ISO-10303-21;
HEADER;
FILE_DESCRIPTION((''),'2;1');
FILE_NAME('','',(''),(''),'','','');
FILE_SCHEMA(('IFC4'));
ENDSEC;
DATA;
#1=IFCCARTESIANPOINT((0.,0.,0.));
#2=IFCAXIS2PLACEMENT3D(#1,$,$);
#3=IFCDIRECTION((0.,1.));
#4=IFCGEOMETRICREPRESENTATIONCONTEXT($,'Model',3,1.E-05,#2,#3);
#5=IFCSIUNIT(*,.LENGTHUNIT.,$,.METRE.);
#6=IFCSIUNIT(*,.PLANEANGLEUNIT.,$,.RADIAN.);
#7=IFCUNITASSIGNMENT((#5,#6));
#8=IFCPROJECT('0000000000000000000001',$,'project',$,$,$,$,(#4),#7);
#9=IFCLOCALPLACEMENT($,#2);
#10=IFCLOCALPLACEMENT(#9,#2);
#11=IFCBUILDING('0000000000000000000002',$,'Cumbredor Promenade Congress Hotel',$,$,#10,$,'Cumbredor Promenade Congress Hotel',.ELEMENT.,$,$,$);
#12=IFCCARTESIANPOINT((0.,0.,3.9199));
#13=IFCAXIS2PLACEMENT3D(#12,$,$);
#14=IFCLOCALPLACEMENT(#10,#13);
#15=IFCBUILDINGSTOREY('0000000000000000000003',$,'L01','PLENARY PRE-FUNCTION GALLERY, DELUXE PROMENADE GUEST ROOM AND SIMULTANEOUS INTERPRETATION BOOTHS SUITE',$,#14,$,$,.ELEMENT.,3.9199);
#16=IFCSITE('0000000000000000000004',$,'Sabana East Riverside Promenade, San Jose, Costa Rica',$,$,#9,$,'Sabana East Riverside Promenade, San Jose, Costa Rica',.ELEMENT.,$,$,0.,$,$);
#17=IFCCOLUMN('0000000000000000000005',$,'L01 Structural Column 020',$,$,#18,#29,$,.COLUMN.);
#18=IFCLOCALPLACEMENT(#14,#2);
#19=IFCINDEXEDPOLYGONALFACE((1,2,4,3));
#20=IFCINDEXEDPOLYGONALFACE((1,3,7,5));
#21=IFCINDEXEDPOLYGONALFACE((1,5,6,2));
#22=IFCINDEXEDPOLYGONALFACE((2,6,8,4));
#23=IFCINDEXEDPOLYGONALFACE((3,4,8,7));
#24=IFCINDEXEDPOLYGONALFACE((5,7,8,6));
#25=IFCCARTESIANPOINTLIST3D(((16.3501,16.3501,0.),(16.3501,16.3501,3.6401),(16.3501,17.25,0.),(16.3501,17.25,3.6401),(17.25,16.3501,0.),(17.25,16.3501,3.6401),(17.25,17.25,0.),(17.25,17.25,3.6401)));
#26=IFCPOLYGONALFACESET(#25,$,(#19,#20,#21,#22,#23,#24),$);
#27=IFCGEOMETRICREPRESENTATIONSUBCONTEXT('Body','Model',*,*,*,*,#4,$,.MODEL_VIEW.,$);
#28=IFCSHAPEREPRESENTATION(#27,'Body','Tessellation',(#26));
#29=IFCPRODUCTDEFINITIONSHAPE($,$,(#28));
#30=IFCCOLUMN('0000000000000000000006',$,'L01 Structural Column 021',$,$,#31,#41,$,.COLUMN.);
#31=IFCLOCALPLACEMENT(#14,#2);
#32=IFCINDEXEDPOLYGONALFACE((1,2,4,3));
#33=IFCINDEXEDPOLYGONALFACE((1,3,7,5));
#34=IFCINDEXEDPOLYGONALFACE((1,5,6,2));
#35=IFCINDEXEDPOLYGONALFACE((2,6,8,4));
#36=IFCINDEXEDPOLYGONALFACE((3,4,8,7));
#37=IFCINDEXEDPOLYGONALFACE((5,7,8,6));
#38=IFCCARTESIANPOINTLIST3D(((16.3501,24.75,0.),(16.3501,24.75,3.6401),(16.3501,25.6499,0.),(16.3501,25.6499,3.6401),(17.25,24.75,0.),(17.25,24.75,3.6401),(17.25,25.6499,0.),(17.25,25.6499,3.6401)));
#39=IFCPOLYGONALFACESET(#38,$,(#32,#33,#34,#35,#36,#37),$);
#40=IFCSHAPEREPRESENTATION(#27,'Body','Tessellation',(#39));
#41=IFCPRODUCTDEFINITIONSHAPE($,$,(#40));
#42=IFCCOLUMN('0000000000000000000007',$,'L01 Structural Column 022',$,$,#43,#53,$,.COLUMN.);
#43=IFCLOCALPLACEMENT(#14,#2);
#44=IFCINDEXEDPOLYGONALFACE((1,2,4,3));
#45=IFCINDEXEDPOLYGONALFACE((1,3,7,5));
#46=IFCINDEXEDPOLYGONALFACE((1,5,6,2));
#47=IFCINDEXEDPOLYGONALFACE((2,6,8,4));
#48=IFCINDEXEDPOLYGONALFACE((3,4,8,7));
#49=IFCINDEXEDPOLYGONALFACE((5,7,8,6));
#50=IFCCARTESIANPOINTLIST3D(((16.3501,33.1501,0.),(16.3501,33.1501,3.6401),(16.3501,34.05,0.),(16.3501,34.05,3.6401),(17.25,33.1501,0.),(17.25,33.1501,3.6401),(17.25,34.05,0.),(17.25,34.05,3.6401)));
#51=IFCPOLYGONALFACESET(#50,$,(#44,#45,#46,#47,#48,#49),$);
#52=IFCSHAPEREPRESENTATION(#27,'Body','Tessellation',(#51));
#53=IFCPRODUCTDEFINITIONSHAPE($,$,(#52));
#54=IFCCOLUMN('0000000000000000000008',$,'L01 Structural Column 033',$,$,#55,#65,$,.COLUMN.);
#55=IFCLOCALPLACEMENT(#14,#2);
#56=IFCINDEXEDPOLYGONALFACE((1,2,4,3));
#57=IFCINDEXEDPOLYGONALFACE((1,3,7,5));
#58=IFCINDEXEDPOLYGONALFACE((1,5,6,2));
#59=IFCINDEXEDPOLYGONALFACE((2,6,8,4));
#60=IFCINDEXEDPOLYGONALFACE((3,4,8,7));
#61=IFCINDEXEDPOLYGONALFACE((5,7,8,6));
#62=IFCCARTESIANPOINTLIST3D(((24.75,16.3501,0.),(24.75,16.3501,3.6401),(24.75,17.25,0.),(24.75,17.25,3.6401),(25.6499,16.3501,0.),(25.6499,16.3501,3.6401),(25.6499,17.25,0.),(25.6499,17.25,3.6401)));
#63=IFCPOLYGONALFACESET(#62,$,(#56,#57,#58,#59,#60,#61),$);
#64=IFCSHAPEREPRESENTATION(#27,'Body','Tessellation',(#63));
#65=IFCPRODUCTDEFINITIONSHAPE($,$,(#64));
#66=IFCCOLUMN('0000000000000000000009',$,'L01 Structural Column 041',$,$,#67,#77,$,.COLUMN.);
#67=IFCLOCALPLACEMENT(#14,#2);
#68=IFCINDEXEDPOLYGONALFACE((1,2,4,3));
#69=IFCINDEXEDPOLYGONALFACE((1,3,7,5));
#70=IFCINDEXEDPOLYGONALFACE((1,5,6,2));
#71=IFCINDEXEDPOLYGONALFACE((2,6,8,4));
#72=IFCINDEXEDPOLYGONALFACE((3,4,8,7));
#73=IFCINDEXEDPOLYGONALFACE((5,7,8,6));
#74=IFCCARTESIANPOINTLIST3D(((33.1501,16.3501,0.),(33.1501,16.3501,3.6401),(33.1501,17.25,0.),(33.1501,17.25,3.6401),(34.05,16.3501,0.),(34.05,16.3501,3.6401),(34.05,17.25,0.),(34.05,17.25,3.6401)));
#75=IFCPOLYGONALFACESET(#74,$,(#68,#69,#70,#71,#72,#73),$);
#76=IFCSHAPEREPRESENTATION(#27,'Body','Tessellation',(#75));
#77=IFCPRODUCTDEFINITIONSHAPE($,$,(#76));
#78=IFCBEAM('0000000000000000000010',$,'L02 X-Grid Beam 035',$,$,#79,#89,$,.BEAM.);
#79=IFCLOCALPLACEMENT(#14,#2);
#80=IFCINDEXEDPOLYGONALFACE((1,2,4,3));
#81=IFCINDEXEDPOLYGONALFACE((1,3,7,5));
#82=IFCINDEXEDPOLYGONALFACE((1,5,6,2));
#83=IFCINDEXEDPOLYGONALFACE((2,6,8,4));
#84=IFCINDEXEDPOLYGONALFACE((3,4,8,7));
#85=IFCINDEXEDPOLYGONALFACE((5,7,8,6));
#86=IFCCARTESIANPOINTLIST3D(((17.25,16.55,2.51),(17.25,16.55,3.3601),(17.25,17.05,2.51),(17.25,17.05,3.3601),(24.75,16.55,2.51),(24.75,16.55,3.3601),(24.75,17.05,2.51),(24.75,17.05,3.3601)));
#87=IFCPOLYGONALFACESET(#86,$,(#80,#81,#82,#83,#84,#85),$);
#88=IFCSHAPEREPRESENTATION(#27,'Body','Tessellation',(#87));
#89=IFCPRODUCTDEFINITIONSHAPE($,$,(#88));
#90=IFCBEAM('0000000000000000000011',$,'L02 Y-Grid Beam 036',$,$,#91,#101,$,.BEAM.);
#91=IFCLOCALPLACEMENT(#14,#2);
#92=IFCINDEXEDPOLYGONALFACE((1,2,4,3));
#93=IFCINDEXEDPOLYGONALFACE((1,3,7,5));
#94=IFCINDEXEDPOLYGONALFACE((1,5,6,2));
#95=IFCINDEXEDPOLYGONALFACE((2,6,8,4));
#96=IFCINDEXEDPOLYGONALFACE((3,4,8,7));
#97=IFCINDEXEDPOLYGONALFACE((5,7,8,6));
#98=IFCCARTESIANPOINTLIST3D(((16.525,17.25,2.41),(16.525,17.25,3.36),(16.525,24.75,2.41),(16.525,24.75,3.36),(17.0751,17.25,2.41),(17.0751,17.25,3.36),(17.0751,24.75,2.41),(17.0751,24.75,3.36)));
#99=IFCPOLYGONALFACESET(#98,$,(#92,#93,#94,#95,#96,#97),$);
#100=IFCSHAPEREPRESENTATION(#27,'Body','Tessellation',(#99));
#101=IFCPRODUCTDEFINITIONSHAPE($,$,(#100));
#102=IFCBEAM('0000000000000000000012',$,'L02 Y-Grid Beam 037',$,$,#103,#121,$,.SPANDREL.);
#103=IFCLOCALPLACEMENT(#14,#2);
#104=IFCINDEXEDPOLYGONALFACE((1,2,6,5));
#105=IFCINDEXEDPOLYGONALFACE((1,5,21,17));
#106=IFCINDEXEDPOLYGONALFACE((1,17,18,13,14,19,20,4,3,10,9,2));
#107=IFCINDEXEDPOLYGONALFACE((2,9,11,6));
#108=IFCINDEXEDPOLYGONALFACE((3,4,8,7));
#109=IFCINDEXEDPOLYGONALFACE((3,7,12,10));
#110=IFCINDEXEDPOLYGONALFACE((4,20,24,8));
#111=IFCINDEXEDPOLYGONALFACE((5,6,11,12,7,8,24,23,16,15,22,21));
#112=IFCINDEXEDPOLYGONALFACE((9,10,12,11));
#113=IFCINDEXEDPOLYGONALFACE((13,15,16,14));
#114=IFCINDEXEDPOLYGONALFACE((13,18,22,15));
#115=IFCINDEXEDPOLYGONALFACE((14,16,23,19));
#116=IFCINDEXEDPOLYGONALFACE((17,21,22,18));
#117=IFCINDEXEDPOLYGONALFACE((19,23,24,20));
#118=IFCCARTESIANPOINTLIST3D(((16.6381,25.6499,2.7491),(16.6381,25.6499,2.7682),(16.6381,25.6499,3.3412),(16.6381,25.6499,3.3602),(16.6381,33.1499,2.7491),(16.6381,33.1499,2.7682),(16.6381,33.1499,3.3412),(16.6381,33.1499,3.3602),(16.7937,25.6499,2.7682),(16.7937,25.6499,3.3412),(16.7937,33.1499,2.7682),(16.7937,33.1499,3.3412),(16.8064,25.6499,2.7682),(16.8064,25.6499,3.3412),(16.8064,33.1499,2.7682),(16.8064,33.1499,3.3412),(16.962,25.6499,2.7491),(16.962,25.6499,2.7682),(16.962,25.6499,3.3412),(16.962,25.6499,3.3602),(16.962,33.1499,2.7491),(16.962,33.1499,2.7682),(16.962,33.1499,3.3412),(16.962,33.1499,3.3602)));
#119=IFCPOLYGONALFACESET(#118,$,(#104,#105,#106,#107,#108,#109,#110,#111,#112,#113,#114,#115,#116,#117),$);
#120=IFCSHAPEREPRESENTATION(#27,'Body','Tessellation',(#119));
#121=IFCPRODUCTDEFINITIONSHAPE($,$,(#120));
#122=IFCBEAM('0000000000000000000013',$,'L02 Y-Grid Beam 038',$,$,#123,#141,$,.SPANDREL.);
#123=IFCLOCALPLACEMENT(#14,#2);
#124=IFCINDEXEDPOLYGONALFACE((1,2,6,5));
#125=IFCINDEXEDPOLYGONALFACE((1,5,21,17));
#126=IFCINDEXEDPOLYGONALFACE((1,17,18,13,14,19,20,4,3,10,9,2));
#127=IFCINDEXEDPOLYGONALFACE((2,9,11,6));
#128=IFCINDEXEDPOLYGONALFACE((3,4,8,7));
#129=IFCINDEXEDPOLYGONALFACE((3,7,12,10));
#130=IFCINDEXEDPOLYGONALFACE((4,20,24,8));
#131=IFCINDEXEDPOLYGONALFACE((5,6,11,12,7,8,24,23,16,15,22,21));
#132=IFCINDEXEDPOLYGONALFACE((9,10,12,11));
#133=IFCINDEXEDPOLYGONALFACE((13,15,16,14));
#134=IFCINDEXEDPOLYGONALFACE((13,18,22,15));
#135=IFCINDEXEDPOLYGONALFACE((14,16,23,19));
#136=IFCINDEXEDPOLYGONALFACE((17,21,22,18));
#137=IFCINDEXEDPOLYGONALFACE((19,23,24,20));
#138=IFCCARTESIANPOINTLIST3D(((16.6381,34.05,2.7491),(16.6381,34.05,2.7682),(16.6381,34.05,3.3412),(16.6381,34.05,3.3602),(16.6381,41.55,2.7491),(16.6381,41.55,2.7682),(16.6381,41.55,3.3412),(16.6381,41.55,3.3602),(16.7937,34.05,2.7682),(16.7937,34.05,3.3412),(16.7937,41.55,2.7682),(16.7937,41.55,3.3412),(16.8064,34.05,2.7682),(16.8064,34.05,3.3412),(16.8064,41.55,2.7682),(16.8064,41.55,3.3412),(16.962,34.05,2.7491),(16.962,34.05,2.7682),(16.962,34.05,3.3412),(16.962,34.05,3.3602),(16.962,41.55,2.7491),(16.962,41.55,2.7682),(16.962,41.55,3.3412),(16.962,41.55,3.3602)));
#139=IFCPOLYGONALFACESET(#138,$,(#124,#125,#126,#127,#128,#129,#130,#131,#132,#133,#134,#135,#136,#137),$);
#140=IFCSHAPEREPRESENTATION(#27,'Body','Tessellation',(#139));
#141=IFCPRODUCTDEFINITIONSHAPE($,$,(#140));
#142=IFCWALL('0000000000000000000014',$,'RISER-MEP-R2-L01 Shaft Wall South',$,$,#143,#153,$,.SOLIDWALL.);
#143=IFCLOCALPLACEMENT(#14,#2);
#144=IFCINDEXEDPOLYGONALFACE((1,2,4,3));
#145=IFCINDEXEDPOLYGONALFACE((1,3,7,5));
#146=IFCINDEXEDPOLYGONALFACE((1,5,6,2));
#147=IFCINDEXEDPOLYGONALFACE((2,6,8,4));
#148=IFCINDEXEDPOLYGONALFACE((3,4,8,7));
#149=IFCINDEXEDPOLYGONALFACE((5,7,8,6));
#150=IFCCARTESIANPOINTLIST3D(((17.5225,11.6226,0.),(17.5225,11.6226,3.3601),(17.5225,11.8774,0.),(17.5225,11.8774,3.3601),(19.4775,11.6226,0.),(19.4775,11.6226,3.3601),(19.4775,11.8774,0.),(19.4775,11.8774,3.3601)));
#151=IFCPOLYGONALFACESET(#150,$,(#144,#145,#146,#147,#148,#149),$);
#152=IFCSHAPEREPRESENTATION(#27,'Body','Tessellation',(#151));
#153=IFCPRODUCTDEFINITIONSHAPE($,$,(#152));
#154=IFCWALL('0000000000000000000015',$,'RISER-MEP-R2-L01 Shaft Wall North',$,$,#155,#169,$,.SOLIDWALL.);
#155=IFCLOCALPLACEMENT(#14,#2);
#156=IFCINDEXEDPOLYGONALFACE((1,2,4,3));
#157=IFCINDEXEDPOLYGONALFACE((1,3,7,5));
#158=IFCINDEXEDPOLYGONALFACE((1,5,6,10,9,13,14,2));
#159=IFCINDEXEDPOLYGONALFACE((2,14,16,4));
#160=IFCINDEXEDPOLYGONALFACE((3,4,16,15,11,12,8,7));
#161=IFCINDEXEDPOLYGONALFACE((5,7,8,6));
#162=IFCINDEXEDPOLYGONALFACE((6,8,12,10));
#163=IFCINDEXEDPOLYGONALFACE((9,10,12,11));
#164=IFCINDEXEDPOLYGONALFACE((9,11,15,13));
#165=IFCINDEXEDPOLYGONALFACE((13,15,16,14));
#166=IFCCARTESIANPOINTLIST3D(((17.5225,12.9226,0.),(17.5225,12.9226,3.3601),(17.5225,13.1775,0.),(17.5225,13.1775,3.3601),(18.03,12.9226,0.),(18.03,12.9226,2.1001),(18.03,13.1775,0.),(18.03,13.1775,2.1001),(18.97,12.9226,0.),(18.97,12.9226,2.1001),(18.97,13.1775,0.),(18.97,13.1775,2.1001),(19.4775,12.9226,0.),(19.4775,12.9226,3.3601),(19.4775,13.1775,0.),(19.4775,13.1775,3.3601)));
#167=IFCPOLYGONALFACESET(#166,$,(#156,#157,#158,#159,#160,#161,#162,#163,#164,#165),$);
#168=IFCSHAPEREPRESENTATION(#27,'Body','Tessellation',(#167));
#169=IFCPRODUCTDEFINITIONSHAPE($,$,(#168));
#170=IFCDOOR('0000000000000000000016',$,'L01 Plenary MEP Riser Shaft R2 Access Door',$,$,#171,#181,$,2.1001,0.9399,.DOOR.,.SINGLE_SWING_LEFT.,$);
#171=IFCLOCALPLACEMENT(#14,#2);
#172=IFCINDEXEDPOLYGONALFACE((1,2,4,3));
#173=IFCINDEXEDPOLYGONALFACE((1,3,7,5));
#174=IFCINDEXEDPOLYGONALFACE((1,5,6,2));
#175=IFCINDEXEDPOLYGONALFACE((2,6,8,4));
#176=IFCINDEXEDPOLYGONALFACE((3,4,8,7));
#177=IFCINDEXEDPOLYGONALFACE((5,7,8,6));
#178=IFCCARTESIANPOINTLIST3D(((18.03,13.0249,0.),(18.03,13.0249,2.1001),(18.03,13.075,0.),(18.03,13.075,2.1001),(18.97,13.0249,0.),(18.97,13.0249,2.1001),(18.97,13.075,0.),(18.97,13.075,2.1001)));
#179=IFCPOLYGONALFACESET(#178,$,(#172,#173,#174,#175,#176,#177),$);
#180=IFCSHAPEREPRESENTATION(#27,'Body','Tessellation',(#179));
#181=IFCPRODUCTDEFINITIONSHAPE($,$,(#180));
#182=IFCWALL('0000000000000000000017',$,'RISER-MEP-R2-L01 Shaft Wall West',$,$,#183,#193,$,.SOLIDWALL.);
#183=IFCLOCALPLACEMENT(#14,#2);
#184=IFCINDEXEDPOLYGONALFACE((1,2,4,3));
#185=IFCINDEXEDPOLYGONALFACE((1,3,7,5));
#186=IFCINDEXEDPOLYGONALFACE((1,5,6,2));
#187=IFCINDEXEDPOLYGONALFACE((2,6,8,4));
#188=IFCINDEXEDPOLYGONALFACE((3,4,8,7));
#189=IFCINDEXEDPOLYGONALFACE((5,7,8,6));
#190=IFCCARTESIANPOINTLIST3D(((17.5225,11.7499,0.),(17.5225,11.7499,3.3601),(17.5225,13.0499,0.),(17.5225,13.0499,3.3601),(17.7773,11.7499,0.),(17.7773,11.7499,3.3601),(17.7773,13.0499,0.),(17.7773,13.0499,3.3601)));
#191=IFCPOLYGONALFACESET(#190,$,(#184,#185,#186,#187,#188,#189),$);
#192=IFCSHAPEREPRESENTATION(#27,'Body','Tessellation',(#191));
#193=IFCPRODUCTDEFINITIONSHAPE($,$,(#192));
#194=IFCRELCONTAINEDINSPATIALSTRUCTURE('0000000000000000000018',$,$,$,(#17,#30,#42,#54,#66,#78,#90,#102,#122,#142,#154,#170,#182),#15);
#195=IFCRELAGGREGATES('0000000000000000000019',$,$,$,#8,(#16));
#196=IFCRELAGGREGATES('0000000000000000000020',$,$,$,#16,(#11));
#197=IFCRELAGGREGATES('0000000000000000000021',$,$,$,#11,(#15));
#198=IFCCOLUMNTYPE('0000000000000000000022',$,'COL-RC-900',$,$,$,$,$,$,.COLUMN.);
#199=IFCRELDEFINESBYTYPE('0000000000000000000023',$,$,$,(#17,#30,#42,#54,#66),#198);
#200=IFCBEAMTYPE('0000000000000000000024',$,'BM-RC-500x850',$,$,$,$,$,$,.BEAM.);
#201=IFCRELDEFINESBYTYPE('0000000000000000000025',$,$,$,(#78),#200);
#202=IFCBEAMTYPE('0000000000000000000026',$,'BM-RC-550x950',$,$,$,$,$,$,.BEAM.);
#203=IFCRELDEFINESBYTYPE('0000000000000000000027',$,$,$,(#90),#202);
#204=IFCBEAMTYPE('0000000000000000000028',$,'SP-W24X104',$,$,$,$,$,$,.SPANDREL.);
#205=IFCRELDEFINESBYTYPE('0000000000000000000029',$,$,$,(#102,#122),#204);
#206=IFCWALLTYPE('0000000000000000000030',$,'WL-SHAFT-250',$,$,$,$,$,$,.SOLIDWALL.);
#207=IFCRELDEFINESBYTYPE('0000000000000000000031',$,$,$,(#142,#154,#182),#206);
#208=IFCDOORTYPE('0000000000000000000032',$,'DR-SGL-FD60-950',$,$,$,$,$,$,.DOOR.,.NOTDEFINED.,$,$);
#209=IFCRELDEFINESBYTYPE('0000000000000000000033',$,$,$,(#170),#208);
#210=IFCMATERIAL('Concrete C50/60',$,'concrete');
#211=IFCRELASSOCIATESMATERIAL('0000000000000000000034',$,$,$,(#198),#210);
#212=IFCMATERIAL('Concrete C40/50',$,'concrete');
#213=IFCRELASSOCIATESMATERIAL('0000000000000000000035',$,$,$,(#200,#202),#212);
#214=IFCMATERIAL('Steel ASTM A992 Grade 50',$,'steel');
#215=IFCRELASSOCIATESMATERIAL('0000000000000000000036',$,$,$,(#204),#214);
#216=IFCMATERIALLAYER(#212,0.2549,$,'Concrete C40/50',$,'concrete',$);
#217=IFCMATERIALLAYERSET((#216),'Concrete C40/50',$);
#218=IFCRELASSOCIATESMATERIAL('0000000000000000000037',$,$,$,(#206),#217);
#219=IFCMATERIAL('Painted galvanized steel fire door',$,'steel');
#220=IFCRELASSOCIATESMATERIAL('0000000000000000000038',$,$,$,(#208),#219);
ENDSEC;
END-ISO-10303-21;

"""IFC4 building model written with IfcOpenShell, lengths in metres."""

from ifc_helpers import new_model, si_unit, direction, frame, frame_2d, origin, origin_2d, place, context, subcontext, project, spatial, rectangle, i_section, extrude, material, layer, layer_set, material_profile, profile_set, type_object, element, fill, save


model = new_model("IFC4")

# Units and contexts
model_context = context("Model", 3, precision=1e-05, world=origin(), true_north=direction((0.0, 1.0)))
body_context = subcontext(model_context, "Body", "Model", "MODEL_VIEW")
ifc_project = project(units=[si_unit("LENGTHUNIT", "METRE"), si_unit("PLANEANGLEUNIT", "RADIAN")], contexts=[model_context])

# Site, building, storey
site_placement = place(None, origin())
site = spatial("IfcSite", under=ifc_project, at=site_placement, Name="Sabana East Riverside Promenade, San Jose, Costa Rica", LongName="Sabana East Riverside Promenade, San Jose, Costa Rica", CompositionType="ELEMENT", RefElevation=0.0)
building_placement = place(site_placement, origin())
building = spatial("IfcBuilding", under=site, at=building_placement, Name="Cumbredor Promenade Congress Hotel", LongName="Cumbredor Promenade Congress Hotel", CompositionType="ELEMENT")
storey_placement = place(building_placement, frame((0.0, 0.0, 3.9199)))
storey = spatial("IfcBuildingStorey", under=building, at=storey_placement, Name="L01", Description="PLENARY PRE-FUNCTION GALLERY, DELUXE PROMENADE GUEST ROOM AND SIMULTANEOUS INTERPRETATION BOOTHS SUITE", CompositionType="ELEMENT", Elevation=3.9199)

# Columns
ifc_material_1 = material(Name="Concrete C50/60", Category="concrete")
ifc_material_profile_1 = material_profile(ifc_material_1, rectangle(XDim=0.8999, YDim=0.8999, at=origin_2d()), Name="RC 900x900")
ifc_profile_set_1 = profile_set([ifc_material_profile_1], Name="Concrete C50/60")
column_type = type_object("IfcColumnType", Name="COL-RC-900", PredefinedType="COLUMN", material=ifc_profile_set_1)
for number, where, z_axis, x_axis, name in (
    (1, (16.8, 16.8, 0.0), (0.0, 0.0, 1.0), (1.0, 0.0, 0.0), "L01 Structural Column 020"),
    (2, (16.8, 25.2, 0.0), (0.0, 0.0, 1.0), (1.0, 0.0, 0.0), "L01 Structural Column 021"),
    (3, (16.8, 33.6001, 0.0), (0.0, 0.0, 1.0), (1.0, 0.0, 0.0), "L01 Structural Column 022"),
    (4, (25.2, 16.8, 0.0), (0.0, 0.0, 1.0), (1.0, 0.0, 0.0), "L01 Structural Column 033"),
    (5, (33.6001, 16.8, 0.0), (0.0, 0.0, 1.0), (1.0, 0.0, 0.0), "L01 Structural Column 041"),
):
    element("IfcColumn", number, at=place(storey_placement, frame(where, z_axis=z_axis, x_axis=x_axis)), inside=storey, type_object=column_type, Name=name, PredefinedType="COLUMN", context=body_context, shape_type="SweptSolid", body=[
        extrude(rectangle(XDim=0.8999, YDim=0.8999, at=origin_2d()), origin(), (0.0, 0.0, 1.0), 3.6401),
    ])

# Beams
ifc_material_2 = material(Name="Concrete C40/50", Category="concrete")
ifc_material_profile_2 = material_profile(ifc_material_2, rectangle(XDim=0.5, YDim=0.8501, at=origin_2d()), Name="RC BEAM 500x850")
ifc_profile_set_2 = profile_set([ifc_material_profile_2], Name="Concrete C40/50")
beam_type_1 = type_object("IfcBeamType", Name="BM-RC-500x850", PredefinedType="BEAM", material=ifc_profile_set_2)
beam_1_placement = place(storey_placement, frame((17.25, 16.8, 2.9351), z_axis=(1.0, 0.0, 0.0), x_axis=(0.0, 1.0, 0.0)))
element("IfcBeam", 6, at=beam_1_placement, inside=storey, type_object=beam_type_1, Name="L02 X-Grid Beam 035", PredefinedType="BEAM", context=body_context, shape_type="SweptSolid", body=[
    extrude(rectangle(XDim=0.5, YDim=0.8501, at=origin_2d()), origin(), (0.0, 0.0, 1.0), 7.5),
])
ifc_material_profile_3 = material_profile(ifc_material_2, rectangle(XDim=0.55, YDim=0.95, at=origin_2d()), Name="RC BEAM 550x950")
ifc_profile_set_3 = profile_set([ifc_material_profile_3], Name="Concrete C40/50")
beam_type_2 = type_object("IfcBeamType", Name="BM-RC-550x950", PredefinedType="BEAM", material=ifc_profile_set_3)
beam_2_placement = place(storey_placement, frame((16.8, 17.25, 2.885), z_axis=(0.0, 1.0, 0.0), x_axis=(-1.0, 0.0, 0.0)))
element("IfcBeam", 7, at=beam_2_placement, inside=storey, type_object=beam_type_2, Name="L02 Y-Grid Beam 036", PredefinedType="BEAM", context=body_context, shape_type="SweptSolid", body=[
    extrude(rectangle(XDim=0.55, YDim=0.95, at=origin_2d()), origin(), (0.0, 0.0, 1.0), 7.5),
])
ifc_material_3 = material(Name="Steel ASTM A992 Grade 50", Category="steel")
ifc_material_profile_4 = material_profile(ifc_material_3, i_section(OverallWidth=0.324, OverallDepth=0.6111, WebThickness=0.0127, FlangeThickness=0.019, at=origin_2d()), Name="W24X104")
ifc_profile_set_4 = profile_set([ifc_material_profile_4], Name="Steel ASTM A992 Grade 50")
beam_type_3 = type_object("IfcBeamType", Name="SP-W24X104", PredefinedType="SPANDREL", material=ifc_profile_set_4)
for number, where, z_axis, x_axis, name in (
    (8, (16.8, 25.6499, 3.0547), (0.0, 1.0, 0.0), (-1.0, 0.0, 0.0), "L02 Y-Grid Beam 037"),
    (9, (16.8, 34.05, 3.0547), (0.0, 1.0, 0.0), (-1.0, 0.0, 0.0), "L02 Y-Grid Beam 038"),
):
    element("IfcBeam", number, at=place(storey_placement, frame(where, z_axis=z_axis, x_axis=x_axis)), inside=storey, type_object=beam_type_3, Name=name, PredefinedType="SPANDREL", context=body_context, shape_type="SweptSolid", body=[
        extrude(i_section(OverallWidth=0.324, OverallDepth=0.6111, WebThickness=0.0127, FlangeThickness=0.019, at=origin_2d()), origin(), (0.0, 0.0, 1.0), 7.5),
    ])

# Shared definitions
ifc_layer = layer(ifc_material_2, 0.2549, Name="Concrete C40/50", Category="concrete")
ifc_layer_set = layer_set([ifc_layer], Name="Concrete C40/50")
wall_type = type_object("IfcWallType", Name="WL-SHAFT-250", PredefinedType="SOLIDWALL", material=ifc_layer_set)

# Wall
wall_1_placement = place(storey_placement, frame((17.5225, 11.75, 0.0), z_axis=(0.0, 0.0, 1.0), x_axis=(1.0, 0.0, 0.0)))
element("IfcWall", 10, at=wall_1_placement, inside=storey, type_object=wall_type, Name="RISER-MEP-R2-L01 Shaft Wall South", PredefinedType="SOLIDWALL", context=body_context, shape_type="SweptSolid", body=[
    extrude(rectangle(XDim=1.9551, YDim=0.2549, at=frame_2d((0.9775, 0.0))), origin(), (0.0, 0.0, 1.0), 3.3601),
])

# Wall, opening, door
wall_2_placement = place(storey_placement, frame((17.5225, 13.05, 0.0), z_axis=(0.0, 0.0, 1.0), x_axis=(1.0, 0.0, 0.0)))
wall_2 = element("IfcWall", 11, at=wall_2_placement, inside=storey, type_object=wall_type, Name="RISER-MEP-R2-L01 Shaft Wall North", PredefinedType="SOLIDWALL", context=body_context, shape_type="SweptSolid", body=[
    extrude(rectangle(XDim=1.9551, YDim=0.2549, at=frame_2d((0.9775, 0.0))), origin(), (0.0, 0.0, 1.0), 3.3601),
])
opening_1_placement = place(wall_2_placement, frame((0.5076, 0.0, 0.0)))
opening_1 = element("IfcOpeningElement", 12, at=opening_1_placement, cuts=wall_2, PredefinedType="OPENING", context=body_context, shape_type="SweptSolid", body=[
    extrude(rectangle(XDim=0.9399, YDim=2.1001, at=frame_2d((0.47, 1.05))), frame((0.0, 0.1375, 0.0), z_axis=(0.0, -1.0, 0.0), x_axis=(1.0, 0.0, 0.0)), (0.0, 0.0, 1.0), 0.2749),
])
ifc_material_4 = material(Name="Painted galvanized steel fire door", Category="steel")
door_type_1 = type_object("IfcDoorType", Name="DR-SGL-FD60-950", OperationType="NOTDEFINED", PredefinedType="DOOR", material=ifc_material_4)
door_1_placement = place(opening_1_placement, origin())
door_1 = element("IfcDoor", 13, at=door_1_placement, inside=storey, type_object=door_type_1, Name="L01 Plenary MEP Riser Shaft R2 Access Door", OperationType="SINGLE_SWING_LEFT", OverallHeight=2.1001, OverallWidth=0.9399, PredefinedType="DOOR", context=body_context, shape_type="SweptSolid", body=[
    extrude(rectangle(XDim=0.9399, YDim=2.1001, at=frame_2d((0.47, 1.05))), frame((0.0, 0.0249, 0.0), z_axis=(0.0, -1.0, 0.0), x_axis=(1.0, 0.0, 0.0)), (0.0, 0.0, 1.0), 0.05),
])
fill(opening_1, door_1)

# Wall
for number, where, z_axis, x_axis, name in (
    (14, (17.6499, 11.75, 0.0), (0.0, 0.0, 1.0), (0.0, 1.0, 0.0), "RISER-MEP-R2-L01 Shaft Wall West"),
):
    element("IfcWall", number, at=place(storey_placement, frame(where, z_axis=z_axis, x_axis=x_axis)), inside=storey, type_object=wall_type, Name=name, PredefinedType="SOLIDWALL", context=body_context, shape_type="SweptSolid", body=[
        extrude(rectangle(XDim=1.3, YDim=0.2549, at=frame_2d((0.6499, 0.0))), origin(), (0.0, 0.0, 1.0), 3.3601),
    ])

save(model, "model.ifc")
